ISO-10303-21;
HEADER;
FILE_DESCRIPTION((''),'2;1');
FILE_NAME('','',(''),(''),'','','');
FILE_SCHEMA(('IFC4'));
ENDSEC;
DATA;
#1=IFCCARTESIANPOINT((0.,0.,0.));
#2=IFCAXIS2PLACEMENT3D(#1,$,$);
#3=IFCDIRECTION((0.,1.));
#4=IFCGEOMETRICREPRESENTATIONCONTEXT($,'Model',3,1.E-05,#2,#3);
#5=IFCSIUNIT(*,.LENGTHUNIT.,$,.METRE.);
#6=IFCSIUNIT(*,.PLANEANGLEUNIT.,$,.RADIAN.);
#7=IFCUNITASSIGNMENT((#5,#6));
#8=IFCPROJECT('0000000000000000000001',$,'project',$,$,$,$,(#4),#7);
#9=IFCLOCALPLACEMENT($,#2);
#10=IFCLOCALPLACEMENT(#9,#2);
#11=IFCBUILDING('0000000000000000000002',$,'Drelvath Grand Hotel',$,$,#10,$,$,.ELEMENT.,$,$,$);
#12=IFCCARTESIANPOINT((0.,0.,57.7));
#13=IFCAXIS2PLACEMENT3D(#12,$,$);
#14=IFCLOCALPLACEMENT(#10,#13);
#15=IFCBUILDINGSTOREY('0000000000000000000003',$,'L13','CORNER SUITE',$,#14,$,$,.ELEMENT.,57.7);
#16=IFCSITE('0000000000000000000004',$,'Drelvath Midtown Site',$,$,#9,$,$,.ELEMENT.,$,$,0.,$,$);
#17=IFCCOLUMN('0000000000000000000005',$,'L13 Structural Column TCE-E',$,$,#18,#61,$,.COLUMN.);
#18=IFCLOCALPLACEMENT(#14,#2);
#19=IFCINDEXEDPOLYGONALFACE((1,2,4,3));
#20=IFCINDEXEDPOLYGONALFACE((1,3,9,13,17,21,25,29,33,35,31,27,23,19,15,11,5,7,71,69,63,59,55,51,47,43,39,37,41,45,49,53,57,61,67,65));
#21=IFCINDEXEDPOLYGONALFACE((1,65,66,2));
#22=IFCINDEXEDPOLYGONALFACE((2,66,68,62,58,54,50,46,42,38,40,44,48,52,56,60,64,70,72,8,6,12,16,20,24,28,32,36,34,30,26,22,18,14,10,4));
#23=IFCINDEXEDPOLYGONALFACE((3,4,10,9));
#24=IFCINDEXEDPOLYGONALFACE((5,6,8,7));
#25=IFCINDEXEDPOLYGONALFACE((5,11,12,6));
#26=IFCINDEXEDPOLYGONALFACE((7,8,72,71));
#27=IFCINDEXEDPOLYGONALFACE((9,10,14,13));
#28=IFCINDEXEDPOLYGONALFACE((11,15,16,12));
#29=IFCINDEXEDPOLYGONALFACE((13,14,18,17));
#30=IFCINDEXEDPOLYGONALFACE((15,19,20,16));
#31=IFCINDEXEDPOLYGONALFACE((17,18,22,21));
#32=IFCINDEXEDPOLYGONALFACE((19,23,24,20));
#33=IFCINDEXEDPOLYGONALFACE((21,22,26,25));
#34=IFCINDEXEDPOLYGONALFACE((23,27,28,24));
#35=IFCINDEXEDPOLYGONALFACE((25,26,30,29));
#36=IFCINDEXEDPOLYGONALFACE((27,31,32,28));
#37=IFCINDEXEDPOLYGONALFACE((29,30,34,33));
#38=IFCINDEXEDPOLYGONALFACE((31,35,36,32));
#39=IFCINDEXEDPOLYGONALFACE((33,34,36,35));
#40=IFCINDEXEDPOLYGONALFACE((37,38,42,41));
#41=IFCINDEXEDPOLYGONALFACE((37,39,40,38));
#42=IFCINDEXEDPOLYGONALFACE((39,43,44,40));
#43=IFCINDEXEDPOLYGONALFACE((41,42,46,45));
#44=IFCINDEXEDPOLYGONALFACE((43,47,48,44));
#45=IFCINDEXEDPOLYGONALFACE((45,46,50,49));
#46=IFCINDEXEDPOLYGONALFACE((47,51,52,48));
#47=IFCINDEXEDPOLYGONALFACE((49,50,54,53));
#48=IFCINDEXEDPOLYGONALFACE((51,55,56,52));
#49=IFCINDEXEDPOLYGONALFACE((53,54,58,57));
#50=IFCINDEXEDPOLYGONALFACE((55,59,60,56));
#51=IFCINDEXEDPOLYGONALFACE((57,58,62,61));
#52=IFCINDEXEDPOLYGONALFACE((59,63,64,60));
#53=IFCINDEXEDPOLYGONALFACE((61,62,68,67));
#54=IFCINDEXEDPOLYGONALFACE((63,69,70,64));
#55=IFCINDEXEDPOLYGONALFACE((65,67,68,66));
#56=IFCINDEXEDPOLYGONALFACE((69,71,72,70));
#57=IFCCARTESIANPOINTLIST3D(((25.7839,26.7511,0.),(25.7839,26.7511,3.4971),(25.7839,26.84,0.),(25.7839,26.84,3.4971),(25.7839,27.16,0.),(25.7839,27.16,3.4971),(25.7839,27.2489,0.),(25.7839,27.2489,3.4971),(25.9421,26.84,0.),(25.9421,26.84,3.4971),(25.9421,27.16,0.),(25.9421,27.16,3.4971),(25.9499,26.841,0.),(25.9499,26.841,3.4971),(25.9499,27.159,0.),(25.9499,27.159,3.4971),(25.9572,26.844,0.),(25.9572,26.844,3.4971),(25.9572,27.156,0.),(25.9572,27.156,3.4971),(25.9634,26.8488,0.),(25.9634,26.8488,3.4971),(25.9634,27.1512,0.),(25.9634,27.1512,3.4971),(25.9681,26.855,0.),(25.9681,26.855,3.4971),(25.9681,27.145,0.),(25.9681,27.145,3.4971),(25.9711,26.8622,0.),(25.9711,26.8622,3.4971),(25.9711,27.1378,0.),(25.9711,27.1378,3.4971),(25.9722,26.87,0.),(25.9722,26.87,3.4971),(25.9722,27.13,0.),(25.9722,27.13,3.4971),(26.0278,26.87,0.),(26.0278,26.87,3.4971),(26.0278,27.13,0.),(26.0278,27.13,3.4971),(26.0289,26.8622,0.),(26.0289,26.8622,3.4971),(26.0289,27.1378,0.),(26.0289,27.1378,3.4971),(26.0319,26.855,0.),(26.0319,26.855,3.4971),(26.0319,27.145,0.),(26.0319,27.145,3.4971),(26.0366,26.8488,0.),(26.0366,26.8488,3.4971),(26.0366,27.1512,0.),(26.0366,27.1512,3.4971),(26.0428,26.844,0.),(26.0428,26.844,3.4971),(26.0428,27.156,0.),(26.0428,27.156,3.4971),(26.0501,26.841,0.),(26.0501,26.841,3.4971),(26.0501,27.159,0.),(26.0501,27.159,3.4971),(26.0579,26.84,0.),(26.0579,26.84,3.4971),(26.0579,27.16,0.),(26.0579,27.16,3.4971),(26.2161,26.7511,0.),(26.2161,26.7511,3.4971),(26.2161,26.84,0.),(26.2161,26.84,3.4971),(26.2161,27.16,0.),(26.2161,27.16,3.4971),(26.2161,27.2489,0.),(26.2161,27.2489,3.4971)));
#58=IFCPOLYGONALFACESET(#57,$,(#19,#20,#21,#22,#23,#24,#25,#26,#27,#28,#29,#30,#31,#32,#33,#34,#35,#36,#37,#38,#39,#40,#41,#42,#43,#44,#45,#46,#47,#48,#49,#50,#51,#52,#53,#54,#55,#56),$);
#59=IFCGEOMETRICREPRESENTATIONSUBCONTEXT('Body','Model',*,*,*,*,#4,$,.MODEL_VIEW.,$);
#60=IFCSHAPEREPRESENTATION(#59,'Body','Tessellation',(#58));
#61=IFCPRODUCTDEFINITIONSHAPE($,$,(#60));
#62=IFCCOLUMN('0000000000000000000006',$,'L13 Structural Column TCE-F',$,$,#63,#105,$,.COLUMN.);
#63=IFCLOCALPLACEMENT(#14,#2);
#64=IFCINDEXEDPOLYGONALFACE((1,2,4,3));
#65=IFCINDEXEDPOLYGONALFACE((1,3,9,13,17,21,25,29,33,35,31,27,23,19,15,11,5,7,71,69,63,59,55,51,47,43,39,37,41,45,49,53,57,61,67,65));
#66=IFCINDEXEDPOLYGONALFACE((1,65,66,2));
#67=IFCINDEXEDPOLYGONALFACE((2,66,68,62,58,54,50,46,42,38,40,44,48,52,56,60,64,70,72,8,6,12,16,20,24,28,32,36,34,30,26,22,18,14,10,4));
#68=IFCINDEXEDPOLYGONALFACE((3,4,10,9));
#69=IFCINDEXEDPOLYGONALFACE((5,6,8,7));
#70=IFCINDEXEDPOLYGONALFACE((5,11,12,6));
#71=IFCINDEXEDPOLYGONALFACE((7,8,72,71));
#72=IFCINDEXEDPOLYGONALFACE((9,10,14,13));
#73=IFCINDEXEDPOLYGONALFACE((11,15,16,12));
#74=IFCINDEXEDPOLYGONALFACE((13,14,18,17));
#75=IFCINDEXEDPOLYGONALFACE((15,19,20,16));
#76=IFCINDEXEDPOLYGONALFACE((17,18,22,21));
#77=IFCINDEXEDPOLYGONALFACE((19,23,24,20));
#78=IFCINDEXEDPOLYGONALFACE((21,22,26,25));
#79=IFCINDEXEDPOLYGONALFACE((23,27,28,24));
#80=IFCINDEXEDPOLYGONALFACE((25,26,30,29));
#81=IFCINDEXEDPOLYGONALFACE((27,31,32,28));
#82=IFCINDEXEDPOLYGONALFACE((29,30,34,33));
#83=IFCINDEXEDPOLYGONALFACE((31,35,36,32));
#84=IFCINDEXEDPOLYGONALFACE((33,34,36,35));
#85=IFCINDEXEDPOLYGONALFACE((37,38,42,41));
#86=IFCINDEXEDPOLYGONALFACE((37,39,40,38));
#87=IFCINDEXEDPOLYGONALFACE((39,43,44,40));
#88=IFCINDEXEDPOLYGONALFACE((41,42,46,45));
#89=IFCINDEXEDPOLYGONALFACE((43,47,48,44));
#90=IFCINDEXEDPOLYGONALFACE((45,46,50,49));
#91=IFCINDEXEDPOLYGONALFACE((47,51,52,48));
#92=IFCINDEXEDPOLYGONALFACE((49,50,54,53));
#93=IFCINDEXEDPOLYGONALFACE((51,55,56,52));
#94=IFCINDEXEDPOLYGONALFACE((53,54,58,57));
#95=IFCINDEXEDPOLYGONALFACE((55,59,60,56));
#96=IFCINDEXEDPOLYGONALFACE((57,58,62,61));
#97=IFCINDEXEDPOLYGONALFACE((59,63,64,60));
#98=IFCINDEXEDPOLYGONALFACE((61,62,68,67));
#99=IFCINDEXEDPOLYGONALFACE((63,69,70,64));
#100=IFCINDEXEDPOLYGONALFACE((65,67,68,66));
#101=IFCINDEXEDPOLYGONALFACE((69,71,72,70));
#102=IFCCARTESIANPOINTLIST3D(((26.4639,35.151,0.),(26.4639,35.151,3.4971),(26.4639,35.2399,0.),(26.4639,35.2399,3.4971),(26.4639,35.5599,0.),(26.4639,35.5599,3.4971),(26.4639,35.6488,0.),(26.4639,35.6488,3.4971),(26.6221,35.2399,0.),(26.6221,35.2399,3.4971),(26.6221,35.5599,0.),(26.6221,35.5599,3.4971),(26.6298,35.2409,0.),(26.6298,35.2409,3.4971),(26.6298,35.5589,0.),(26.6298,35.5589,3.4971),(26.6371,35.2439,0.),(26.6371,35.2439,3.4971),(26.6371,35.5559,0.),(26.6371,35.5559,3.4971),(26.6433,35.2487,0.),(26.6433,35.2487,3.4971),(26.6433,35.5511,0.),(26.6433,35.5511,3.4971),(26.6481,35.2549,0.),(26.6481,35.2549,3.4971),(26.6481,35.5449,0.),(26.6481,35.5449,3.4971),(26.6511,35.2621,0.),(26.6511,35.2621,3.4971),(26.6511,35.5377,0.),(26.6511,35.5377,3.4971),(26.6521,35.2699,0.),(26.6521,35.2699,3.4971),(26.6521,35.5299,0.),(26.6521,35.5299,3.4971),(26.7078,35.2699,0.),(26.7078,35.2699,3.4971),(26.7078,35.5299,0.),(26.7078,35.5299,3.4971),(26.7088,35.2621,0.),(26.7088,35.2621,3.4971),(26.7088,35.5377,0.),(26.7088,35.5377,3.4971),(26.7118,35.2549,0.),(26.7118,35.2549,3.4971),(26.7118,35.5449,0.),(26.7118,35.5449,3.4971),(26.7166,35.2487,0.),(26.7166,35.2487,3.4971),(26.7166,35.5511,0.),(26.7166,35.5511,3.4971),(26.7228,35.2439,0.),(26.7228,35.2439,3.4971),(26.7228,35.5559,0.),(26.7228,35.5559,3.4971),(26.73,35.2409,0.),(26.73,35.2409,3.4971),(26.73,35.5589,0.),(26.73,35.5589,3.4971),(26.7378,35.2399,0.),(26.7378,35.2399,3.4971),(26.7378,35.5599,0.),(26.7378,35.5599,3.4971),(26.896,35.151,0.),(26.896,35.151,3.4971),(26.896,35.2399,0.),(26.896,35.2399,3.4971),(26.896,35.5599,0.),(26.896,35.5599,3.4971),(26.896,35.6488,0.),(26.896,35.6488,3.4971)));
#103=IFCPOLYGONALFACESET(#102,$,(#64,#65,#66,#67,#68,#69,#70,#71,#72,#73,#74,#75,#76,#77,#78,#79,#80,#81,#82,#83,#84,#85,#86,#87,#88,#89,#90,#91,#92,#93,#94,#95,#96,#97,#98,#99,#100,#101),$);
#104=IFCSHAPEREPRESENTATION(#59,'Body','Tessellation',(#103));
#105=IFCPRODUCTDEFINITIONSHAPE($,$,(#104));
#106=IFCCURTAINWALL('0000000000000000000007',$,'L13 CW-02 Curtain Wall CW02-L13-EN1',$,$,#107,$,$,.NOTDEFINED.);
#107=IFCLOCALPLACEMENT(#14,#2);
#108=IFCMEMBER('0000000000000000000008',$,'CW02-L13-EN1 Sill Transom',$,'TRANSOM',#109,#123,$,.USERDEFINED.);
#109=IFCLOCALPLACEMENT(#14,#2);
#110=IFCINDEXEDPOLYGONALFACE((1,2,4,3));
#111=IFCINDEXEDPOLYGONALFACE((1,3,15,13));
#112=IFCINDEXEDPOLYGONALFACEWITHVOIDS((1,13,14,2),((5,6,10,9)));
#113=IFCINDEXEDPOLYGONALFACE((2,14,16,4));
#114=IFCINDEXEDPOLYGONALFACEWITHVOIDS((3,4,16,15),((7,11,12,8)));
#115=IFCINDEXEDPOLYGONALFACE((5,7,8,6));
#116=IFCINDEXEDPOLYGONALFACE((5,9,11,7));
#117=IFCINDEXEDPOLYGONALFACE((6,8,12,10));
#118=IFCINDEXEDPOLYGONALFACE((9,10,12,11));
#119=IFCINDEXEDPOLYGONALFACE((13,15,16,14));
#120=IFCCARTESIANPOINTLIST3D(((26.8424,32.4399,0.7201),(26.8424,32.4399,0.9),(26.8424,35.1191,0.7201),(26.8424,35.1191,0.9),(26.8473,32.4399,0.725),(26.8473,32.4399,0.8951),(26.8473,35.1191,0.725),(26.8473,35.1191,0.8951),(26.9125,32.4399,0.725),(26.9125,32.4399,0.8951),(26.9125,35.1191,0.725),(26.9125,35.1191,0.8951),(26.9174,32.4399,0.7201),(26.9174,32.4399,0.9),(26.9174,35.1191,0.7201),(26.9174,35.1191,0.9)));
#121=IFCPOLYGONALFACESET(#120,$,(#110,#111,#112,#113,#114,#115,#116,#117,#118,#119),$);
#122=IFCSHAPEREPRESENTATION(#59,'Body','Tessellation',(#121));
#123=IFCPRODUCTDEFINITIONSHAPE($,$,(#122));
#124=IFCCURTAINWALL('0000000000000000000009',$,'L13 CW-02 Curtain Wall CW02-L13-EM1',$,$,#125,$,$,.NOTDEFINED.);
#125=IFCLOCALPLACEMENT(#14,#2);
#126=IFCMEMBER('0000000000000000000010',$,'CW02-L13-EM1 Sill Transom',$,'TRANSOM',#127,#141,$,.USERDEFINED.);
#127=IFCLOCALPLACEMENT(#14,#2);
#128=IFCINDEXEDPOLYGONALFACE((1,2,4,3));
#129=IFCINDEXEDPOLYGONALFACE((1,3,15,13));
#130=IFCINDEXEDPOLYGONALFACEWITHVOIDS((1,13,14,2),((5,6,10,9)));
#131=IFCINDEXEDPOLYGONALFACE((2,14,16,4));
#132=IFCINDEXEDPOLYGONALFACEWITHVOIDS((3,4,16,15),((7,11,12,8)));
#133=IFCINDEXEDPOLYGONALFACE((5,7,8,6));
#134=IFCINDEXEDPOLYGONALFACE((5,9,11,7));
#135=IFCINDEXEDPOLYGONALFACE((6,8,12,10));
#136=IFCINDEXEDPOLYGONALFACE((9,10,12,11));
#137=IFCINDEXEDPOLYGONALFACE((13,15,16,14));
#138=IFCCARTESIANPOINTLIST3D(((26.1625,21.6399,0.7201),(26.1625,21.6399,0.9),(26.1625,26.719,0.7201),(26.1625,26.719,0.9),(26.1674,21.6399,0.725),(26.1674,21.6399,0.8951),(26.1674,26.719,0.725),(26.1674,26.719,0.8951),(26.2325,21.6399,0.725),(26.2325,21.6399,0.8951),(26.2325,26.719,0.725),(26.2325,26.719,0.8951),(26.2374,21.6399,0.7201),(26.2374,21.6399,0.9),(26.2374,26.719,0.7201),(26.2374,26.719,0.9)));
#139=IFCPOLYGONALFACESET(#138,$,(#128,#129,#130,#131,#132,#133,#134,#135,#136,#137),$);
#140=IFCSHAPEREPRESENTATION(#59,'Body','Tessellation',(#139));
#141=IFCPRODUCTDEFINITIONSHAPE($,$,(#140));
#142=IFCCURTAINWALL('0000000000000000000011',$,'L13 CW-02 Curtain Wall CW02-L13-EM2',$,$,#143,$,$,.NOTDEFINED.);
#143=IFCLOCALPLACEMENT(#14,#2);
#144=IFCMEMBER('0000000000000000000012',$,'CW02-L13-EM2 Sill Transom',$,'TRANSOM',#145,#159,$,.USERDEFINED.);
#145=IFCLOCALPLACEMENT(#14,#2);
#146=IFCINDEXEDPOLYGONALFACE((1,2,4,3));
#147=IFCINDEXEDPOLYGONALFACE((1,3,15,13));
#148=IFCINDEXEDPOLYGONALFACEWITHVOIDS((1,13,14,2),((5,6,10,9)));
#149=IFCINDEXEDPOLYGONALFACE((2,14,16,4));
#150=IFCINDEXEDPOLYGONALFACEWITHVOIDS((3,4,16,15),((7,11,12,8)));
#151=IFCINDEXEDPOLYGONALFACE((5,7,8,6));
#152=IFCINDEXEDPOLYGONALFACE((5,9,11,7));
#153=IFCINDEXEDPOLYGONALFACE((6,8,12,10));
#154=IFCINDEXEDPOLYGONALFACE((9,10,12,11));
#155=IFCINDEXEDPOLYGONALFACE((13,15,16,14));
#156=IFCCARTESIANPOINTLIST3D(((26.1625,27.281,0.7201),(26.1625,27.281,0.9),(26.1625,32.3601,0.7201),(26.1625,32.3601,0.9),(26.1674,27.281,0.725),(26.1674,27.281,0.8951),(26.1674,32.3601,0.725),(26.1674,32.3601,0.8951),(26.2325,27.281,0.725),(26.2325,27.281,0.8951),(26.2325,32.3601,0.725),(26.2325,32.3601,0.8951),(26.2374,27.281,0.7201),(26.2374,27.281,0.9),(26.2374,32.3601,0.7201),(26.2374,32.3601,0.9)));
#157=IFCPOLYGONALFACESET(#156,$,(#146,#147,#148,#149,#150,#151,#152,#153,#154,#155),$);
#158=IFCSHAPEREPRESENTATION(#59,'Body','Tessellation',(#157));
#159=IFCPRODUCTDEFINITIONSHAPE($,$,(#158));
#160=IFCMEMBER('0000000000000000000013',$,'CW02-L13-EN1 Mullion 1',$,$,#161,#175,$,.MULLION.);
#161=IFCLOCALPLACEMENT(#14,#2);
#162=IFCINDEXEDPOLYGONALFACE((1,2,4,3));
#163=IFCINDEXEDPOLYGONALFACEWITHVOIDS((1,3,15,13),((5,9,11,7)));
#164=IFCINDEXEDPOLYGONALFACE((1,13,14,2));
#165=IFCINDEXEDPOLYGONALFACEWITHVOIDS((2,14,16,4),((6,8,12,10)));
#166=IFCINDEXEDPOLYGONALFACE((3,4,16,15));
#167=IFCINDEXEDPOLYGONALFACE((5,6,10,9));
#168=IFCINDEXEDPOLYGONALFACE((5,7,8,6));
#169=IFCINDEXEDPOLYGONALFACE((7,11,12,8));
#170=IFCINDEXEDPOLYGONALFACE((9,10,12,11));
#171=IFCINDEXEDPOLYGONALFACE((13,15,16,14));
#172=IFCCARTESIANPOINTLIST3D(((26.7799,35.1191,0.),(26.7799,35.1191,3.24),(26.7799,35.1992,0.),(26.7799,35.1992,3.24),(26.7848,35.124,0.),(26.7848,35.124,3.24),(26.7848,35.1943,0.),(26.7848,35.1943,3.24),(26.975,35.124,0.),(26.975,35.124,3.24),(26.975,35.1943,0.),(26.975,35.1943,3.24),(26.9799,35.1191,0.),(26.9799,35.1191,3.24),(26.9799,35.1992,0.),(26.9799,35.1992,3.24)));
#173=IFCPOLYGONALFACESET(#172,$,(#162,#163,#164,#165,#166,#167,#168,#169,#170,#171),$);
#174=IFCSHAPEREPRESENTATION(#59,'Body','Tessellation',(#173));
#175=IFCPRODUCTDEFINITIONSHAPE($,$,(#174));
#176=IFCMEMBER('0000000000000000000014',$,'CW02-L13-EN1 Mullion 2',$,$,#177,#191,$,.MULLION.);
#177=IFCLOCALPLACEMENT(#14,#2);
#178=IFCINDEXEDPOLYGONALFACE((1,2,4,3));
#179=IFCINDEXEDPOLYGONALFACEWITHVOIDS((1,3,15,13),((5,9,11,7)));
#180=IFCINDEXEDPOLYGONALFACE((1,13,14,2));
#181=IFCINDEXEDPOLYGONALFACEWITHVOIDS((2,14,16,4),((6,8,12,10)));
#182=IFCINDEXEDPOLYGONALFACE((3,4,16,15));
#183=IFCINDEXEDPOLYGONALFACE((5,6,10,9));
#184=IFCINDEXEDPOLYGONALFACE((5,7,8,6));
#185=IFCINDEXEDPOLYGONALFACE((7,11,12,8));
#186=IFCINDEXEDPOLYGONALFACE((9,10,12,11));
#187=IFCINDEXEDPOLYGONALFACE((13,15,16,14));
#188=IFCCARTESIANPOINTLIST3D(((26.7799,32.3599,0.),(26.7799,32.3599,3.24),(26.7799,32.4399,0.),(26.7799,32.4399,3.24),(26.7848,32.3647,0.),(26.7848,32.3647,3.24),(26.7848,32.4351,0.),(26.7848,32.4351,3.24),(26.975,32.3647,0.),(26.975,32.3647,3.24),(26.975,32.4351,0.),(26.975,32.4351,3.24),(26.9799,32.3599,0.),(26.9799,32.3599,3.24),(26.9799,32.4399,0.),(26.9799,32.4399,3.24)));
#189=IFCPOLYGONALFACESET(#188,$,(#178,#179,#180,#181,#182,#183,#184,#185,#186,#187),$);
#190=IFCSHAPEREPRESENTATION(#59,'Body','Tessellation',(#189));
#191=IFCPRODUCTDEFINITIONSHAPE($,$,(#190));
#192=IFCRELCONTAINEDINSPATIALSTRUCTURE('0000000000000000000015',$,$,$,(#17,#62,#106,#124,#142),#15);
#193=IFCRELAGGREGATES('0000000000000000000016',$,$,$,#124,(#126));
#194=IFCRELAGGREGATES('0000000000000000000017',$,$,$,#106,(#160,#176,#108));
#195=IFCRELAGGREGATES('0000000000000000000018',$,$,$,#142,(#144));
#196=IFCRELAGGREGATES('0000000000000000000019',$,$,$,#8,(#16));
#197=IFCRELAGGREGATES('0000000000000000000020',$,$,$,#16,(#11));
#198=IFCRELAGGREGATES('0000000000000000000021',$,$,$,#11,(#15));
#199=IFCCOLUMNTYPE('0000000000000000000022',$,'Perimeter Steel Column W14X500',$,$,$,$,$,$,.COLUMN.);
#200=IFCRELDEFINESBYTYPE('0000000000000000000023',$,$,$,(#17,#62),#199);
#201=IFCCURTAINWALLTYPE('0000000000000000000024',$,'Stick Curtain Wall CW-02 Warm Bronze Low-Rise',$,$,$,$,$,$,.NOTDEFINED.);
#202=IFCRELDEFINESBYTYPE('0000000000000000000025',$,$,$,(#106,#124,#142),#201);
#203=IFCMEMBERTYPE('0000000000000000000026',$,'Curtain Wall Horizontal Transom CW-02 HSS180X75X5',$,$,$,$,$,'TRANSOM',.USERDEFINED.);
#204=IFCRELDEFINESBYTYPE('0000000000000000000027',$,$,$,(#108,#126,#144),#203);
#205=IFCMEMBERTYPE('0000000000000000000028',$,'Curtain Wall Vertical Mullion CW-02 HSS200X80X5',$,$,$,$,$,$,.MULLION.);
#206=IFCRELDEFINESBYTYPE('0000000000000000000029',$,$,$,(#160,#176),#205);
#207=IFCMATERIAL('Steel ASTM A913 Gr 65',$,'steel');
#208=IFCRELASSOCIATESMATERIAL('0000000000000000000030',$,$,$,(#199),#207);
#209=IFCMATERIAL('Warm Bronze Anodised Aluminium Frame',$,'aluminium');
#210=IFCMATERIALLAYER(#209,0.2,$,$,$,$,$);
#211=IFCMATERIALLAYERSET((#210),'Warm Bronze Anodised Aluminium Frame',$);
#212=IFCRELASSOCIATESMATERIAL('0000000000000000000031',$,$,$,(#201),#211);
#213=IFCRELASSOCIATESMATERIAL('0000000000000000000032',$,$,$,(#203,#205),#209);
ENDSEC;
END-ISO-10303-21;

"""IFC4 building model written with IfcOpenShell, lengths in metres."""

from ifc_helpers import new_model, si_unit, direction, frame, origin, origin_2d, place, context, subcontext, project, spatial, hollow_rectangle, i_section, extrude, material, layer, layer_set, material_profile, profile_set, type_object, element, aggregate, save


model = new_model("IFC4")

# Units and contexts
model_context = context("Model", 3, precision=1e-05, world=origin(), true_north=direction((0.0, 1.0)))
body_context = subcontext(model_context, "Body", "Model", "MODEL_VIEW")
ifc_project = project(units=[si_unit("LENGTHUNIT", "METRE"), si_unit("PLANEANGLEUNIT", "RADIAN")], contexts=[model_context])

# Site, building, storey
site_placement = place(None, origin())
site = spatial("IfcSite", under=ifc_project, at=site_placement, Name="Drelvath Midtown Site", CompositionType="ELEMENT", RefElevation=0.0)
building_placement = place(site_placement, origin())
building = spatial("IfcBuilding", under=site, at=building_placement, Name="Drelvath Grand Hotel", CompositionType="ELEMENT")
storey_placement = place(building_placement, frame((0.0, 0.0, 57.7)))
storey = spatial("IfcBuildingStorey", under=building, at=storey_placement, Name="L13", Description="CORNER SUITE", CompositionType="ELEMENT", Elevation=57.7)

# Columns
ifc_material_1 = material(Name="Steel ASTM A913 Gr 65", Category="steel")
ifc_material_profile_1 = material_profile(ifc_material_1, i_section(OverallWidth=0.4321, OverallDepth=0.4978, WebThickness=0.0557, FlangeThickness=0.0889, FilletRadius=0.03, at=origin_2d()), Name="W14X500")
ifc_profile_set_1 = profile_set([ifc_material_profile_1], Name="Steel ASTM A913 Gr 65")
column_type = type_object("IfcColumnType", Name="Perimeter Steel Column W14X500", PredefinedType="COLUMN", material=ifc_profile_set_1)
for number, where, z_axis, x_axis, name in (
    (1, (26.0, 27.0, 0.0), (0.0, 0.0, 1.0), (1.0, 0.0, 0.0), "L13 Structural Column TCE-E"),
    (2, (26.6799, 35.3999, 0.0), (0.0, 0.0, 1.0), (1.0, 0.0, 0.0), "L13 Structural Column TCE-F"),
):
    element("IfcColumn", number, at=place(storey_placement, frame(where, z_axis=z_axis, x_axis=x_axis)), inside=storey, type_object=column_type, Name=name, PredefinedType="COLUMN", context=body_context, shape_type="SweptSolid", body=[
        extrude(i_section(OverallWidth=0.4321, OverallDepth=0.4978, WebThickness=0.0557, FlangeThickness=0.0889, FilletRadius=0.03, at=origin_2d()), origin(), (0.0, 0.0, 1.0), 3.4971),
    ])

# Curtain walls, members
ifc_material_2 = material(Name="Warm Bronze Anodised Aluminium Frame", Category="aluminium")
ifc_layer_1 = layer(ifc_material_2, 0.2)
ifc_layer_set_1 = layer_set([ifc_layer_1], Name="Warm Bronze Anodised Aluminium Frame")
curtain_wall_type = type_object("IfcCurtainWallType", Name="Stick Curtain Wall CW-02 Warm Bronze Low-Rise", PredefinedType="NOTDEFINED", material=ifc_layer_set_1)
curtain_wall_1_placement = place(storey_placement, origin())
curtain_wall_1 = element("IfcCurtainWall", 3, at=curtain_wall_1_placement, inside=storey, type_object=curtain_wall_type, Name="L13 CW-02 Curtain Wall CW02-L13-EN1", PredefinedType="NOTDEFINED")
ifc_material_profile_2 = material_profile(ifc_material_2, hollow_rectangle(XDim=0.075, YDim=0.1799, WallThickness=0.0049, at=origin_2d()), Name="HSS180X75X5")
ifc_profile_set_2 = profile_set([ifc_material_profile_2], Name="Warm Bronze Anodised Aluminium Frame")
member_type_1 = type_object("IfcMemberType", Name="Curtain Wall Horizontal Transom CW-02 HSS180X75X5", ElementType="TRANSOM", PredefinedType="USERDEFINED", material=ifc_profile_set_2)
member_1_placement = place(storey_placement, frame((26.8799, 35.1191, 0.8101), z_axis=(0.0, -1.0, 0.0), x_axis=(1.0, 0.0, 0.0)))
member_1 = element("IfcMember", 4, at=member_1_placement, type_object=member_type_1, Name="CW02-L13-EN1 Sill Transom", ObjectType="TRANSOM", PredefinedType="USERDEFINED", context=body_context, shape_type="SweptSolid", body=[
    extrude(hollow_rectangle(XDim=0.075, YDim=0.1799, WallThickness=0.0049, at=origin_2d()), origin(), (0.0, 0.0, 1.0), 2.6792),
])
curtain_wall_2_placement = place(storey_placement, origin())
curtain_wall_2 = element("IfcCurtainWall", 5, at=curtain_wall_2_placement, inside=storey, type_object=curtain_wall_type, Name="L13 CW-02 Curtain Wall CW02-L13-EM1", PredefinedType="NOTDEFINED")
member_2_placement = place(storey_placement, frame((26.2, 26.719, 0.8101), z_axis=(0.0, -1.0, 0.0), x_axis=(1.0, 0.0, 0.0)))
member_2 = element("IfcMember", 6, at=member_2_placement, type_object=member_type_1, Name="CW02-L13-EM1 Sill Transom", ObjectType="TRANSOM", PredefinedType="USERDEFINED", context=body_context, shape_type="SweptSolid", body=[
    extrude(hollow_rectangle(XDim=0.075, YDim=0.1799, WallThickness=0.0049, at=origin_2d()), origin(), (0.0, 0.0, 1.0), 5.0791),
])
curtain_wall_3_placement = place(storey_placement, origin())
curtain_wall_3 = element("IfcCurtainWall", 7, at=curtain_wall_3_placement, inside=storey, type_object=curtain_wall_type, Name="L13 CW-02 Curtain Wall CW02-L13-EM2", PredefinedType="NOTDEFINED")
member_3_placement = place(storey_placement, frame((26.2, 32.3601, 0.8101), z_axis=(0.0, -1.0, 0.0), x_axis=(1.0, 0.0, 0.0)))
member_3 = element("IfcMember", 8, at=member_3_placement, type_object=member_type_1, Name="CW02-L13-EM2 Sill Transom", ObjectType="TRANSOM", PredefinedType="USERDEFINED", context=body_context, shape_type="SweptSolid", body=[
    extrude(hollow_rectangle(XDim=0.075, YDim=0.1799, WallThickness=0.0049, at=origin_2d()), origin(), (0.0, 0.0, 1.0), 5.0791),
])

# Members
ifc_material_profile_3 = material_profile(ifc_material_2, hollow_rectangle(XDim=0.0801, YDim=0.2, WallThickness=0.0049, at=origin_2d()), Name="HSS200X80X5")
ifc_profile_set_3 = profile_set([ifc_material_profile_3], Name="Warm Bronze Anodised Aluminium Frame")
member_type_2 = type_object("IfcMemberType", Name="Curtain Wall Vertical Mullion CW-02 HSS200X80X5", PredefinedType="MULLION", material=ifc_profile_set_3)
member_4_placement = place(storey_placement, frame((26.8799, 35.1592, 0.0), z_axis=(0.0, 0.0, 1.0), x_axis=(0.0, 1.0, 0.0)))
member_4 = element("IfcMember", 9, at=member_4_placement, type_object=member_type_2, Name="CW02-L13-EN1 Mullion 1", PredefinedType="MULLION", context=body_context, shape_type="SweptSolid", body=[
    extrude(hollow_rectangle(XDim=0.0801, YDim=0.2, WallThickness=0.0049, at=origin_2d()), origin(), (0.0, 0.0, 1.0), 3.24),
])
member_5_placement = place(storey_placement, frame((26.8799, 32.3999, 0.0), z_axis=(0.0, 0.0, 1.0), x_axis=(0.0, 1.0, 0.0)))
member_5 = element("IfcMember", 10, at=member_5_placement, type_object=member_type_2, Name="CW02-L13-EN1 Mullion 2", PredefinedType="MULLION", context=body_context, shape_type="SweptSolid", body=[
    extrude(hollow_rectangle(XDim=0.0801, YDim=0.2, WallThickness=0.0049, at=origin_2d()), origin(), (0.0, 0.0, 1.0), 3.24),
])

aggregate(curtain_wall_2, [member_2])

aggregate(curtain_wall_1, [member_4, member_5, member_1])
aggregate(curtain_wall_3, [member_3])

save(model, "model.ifc")
